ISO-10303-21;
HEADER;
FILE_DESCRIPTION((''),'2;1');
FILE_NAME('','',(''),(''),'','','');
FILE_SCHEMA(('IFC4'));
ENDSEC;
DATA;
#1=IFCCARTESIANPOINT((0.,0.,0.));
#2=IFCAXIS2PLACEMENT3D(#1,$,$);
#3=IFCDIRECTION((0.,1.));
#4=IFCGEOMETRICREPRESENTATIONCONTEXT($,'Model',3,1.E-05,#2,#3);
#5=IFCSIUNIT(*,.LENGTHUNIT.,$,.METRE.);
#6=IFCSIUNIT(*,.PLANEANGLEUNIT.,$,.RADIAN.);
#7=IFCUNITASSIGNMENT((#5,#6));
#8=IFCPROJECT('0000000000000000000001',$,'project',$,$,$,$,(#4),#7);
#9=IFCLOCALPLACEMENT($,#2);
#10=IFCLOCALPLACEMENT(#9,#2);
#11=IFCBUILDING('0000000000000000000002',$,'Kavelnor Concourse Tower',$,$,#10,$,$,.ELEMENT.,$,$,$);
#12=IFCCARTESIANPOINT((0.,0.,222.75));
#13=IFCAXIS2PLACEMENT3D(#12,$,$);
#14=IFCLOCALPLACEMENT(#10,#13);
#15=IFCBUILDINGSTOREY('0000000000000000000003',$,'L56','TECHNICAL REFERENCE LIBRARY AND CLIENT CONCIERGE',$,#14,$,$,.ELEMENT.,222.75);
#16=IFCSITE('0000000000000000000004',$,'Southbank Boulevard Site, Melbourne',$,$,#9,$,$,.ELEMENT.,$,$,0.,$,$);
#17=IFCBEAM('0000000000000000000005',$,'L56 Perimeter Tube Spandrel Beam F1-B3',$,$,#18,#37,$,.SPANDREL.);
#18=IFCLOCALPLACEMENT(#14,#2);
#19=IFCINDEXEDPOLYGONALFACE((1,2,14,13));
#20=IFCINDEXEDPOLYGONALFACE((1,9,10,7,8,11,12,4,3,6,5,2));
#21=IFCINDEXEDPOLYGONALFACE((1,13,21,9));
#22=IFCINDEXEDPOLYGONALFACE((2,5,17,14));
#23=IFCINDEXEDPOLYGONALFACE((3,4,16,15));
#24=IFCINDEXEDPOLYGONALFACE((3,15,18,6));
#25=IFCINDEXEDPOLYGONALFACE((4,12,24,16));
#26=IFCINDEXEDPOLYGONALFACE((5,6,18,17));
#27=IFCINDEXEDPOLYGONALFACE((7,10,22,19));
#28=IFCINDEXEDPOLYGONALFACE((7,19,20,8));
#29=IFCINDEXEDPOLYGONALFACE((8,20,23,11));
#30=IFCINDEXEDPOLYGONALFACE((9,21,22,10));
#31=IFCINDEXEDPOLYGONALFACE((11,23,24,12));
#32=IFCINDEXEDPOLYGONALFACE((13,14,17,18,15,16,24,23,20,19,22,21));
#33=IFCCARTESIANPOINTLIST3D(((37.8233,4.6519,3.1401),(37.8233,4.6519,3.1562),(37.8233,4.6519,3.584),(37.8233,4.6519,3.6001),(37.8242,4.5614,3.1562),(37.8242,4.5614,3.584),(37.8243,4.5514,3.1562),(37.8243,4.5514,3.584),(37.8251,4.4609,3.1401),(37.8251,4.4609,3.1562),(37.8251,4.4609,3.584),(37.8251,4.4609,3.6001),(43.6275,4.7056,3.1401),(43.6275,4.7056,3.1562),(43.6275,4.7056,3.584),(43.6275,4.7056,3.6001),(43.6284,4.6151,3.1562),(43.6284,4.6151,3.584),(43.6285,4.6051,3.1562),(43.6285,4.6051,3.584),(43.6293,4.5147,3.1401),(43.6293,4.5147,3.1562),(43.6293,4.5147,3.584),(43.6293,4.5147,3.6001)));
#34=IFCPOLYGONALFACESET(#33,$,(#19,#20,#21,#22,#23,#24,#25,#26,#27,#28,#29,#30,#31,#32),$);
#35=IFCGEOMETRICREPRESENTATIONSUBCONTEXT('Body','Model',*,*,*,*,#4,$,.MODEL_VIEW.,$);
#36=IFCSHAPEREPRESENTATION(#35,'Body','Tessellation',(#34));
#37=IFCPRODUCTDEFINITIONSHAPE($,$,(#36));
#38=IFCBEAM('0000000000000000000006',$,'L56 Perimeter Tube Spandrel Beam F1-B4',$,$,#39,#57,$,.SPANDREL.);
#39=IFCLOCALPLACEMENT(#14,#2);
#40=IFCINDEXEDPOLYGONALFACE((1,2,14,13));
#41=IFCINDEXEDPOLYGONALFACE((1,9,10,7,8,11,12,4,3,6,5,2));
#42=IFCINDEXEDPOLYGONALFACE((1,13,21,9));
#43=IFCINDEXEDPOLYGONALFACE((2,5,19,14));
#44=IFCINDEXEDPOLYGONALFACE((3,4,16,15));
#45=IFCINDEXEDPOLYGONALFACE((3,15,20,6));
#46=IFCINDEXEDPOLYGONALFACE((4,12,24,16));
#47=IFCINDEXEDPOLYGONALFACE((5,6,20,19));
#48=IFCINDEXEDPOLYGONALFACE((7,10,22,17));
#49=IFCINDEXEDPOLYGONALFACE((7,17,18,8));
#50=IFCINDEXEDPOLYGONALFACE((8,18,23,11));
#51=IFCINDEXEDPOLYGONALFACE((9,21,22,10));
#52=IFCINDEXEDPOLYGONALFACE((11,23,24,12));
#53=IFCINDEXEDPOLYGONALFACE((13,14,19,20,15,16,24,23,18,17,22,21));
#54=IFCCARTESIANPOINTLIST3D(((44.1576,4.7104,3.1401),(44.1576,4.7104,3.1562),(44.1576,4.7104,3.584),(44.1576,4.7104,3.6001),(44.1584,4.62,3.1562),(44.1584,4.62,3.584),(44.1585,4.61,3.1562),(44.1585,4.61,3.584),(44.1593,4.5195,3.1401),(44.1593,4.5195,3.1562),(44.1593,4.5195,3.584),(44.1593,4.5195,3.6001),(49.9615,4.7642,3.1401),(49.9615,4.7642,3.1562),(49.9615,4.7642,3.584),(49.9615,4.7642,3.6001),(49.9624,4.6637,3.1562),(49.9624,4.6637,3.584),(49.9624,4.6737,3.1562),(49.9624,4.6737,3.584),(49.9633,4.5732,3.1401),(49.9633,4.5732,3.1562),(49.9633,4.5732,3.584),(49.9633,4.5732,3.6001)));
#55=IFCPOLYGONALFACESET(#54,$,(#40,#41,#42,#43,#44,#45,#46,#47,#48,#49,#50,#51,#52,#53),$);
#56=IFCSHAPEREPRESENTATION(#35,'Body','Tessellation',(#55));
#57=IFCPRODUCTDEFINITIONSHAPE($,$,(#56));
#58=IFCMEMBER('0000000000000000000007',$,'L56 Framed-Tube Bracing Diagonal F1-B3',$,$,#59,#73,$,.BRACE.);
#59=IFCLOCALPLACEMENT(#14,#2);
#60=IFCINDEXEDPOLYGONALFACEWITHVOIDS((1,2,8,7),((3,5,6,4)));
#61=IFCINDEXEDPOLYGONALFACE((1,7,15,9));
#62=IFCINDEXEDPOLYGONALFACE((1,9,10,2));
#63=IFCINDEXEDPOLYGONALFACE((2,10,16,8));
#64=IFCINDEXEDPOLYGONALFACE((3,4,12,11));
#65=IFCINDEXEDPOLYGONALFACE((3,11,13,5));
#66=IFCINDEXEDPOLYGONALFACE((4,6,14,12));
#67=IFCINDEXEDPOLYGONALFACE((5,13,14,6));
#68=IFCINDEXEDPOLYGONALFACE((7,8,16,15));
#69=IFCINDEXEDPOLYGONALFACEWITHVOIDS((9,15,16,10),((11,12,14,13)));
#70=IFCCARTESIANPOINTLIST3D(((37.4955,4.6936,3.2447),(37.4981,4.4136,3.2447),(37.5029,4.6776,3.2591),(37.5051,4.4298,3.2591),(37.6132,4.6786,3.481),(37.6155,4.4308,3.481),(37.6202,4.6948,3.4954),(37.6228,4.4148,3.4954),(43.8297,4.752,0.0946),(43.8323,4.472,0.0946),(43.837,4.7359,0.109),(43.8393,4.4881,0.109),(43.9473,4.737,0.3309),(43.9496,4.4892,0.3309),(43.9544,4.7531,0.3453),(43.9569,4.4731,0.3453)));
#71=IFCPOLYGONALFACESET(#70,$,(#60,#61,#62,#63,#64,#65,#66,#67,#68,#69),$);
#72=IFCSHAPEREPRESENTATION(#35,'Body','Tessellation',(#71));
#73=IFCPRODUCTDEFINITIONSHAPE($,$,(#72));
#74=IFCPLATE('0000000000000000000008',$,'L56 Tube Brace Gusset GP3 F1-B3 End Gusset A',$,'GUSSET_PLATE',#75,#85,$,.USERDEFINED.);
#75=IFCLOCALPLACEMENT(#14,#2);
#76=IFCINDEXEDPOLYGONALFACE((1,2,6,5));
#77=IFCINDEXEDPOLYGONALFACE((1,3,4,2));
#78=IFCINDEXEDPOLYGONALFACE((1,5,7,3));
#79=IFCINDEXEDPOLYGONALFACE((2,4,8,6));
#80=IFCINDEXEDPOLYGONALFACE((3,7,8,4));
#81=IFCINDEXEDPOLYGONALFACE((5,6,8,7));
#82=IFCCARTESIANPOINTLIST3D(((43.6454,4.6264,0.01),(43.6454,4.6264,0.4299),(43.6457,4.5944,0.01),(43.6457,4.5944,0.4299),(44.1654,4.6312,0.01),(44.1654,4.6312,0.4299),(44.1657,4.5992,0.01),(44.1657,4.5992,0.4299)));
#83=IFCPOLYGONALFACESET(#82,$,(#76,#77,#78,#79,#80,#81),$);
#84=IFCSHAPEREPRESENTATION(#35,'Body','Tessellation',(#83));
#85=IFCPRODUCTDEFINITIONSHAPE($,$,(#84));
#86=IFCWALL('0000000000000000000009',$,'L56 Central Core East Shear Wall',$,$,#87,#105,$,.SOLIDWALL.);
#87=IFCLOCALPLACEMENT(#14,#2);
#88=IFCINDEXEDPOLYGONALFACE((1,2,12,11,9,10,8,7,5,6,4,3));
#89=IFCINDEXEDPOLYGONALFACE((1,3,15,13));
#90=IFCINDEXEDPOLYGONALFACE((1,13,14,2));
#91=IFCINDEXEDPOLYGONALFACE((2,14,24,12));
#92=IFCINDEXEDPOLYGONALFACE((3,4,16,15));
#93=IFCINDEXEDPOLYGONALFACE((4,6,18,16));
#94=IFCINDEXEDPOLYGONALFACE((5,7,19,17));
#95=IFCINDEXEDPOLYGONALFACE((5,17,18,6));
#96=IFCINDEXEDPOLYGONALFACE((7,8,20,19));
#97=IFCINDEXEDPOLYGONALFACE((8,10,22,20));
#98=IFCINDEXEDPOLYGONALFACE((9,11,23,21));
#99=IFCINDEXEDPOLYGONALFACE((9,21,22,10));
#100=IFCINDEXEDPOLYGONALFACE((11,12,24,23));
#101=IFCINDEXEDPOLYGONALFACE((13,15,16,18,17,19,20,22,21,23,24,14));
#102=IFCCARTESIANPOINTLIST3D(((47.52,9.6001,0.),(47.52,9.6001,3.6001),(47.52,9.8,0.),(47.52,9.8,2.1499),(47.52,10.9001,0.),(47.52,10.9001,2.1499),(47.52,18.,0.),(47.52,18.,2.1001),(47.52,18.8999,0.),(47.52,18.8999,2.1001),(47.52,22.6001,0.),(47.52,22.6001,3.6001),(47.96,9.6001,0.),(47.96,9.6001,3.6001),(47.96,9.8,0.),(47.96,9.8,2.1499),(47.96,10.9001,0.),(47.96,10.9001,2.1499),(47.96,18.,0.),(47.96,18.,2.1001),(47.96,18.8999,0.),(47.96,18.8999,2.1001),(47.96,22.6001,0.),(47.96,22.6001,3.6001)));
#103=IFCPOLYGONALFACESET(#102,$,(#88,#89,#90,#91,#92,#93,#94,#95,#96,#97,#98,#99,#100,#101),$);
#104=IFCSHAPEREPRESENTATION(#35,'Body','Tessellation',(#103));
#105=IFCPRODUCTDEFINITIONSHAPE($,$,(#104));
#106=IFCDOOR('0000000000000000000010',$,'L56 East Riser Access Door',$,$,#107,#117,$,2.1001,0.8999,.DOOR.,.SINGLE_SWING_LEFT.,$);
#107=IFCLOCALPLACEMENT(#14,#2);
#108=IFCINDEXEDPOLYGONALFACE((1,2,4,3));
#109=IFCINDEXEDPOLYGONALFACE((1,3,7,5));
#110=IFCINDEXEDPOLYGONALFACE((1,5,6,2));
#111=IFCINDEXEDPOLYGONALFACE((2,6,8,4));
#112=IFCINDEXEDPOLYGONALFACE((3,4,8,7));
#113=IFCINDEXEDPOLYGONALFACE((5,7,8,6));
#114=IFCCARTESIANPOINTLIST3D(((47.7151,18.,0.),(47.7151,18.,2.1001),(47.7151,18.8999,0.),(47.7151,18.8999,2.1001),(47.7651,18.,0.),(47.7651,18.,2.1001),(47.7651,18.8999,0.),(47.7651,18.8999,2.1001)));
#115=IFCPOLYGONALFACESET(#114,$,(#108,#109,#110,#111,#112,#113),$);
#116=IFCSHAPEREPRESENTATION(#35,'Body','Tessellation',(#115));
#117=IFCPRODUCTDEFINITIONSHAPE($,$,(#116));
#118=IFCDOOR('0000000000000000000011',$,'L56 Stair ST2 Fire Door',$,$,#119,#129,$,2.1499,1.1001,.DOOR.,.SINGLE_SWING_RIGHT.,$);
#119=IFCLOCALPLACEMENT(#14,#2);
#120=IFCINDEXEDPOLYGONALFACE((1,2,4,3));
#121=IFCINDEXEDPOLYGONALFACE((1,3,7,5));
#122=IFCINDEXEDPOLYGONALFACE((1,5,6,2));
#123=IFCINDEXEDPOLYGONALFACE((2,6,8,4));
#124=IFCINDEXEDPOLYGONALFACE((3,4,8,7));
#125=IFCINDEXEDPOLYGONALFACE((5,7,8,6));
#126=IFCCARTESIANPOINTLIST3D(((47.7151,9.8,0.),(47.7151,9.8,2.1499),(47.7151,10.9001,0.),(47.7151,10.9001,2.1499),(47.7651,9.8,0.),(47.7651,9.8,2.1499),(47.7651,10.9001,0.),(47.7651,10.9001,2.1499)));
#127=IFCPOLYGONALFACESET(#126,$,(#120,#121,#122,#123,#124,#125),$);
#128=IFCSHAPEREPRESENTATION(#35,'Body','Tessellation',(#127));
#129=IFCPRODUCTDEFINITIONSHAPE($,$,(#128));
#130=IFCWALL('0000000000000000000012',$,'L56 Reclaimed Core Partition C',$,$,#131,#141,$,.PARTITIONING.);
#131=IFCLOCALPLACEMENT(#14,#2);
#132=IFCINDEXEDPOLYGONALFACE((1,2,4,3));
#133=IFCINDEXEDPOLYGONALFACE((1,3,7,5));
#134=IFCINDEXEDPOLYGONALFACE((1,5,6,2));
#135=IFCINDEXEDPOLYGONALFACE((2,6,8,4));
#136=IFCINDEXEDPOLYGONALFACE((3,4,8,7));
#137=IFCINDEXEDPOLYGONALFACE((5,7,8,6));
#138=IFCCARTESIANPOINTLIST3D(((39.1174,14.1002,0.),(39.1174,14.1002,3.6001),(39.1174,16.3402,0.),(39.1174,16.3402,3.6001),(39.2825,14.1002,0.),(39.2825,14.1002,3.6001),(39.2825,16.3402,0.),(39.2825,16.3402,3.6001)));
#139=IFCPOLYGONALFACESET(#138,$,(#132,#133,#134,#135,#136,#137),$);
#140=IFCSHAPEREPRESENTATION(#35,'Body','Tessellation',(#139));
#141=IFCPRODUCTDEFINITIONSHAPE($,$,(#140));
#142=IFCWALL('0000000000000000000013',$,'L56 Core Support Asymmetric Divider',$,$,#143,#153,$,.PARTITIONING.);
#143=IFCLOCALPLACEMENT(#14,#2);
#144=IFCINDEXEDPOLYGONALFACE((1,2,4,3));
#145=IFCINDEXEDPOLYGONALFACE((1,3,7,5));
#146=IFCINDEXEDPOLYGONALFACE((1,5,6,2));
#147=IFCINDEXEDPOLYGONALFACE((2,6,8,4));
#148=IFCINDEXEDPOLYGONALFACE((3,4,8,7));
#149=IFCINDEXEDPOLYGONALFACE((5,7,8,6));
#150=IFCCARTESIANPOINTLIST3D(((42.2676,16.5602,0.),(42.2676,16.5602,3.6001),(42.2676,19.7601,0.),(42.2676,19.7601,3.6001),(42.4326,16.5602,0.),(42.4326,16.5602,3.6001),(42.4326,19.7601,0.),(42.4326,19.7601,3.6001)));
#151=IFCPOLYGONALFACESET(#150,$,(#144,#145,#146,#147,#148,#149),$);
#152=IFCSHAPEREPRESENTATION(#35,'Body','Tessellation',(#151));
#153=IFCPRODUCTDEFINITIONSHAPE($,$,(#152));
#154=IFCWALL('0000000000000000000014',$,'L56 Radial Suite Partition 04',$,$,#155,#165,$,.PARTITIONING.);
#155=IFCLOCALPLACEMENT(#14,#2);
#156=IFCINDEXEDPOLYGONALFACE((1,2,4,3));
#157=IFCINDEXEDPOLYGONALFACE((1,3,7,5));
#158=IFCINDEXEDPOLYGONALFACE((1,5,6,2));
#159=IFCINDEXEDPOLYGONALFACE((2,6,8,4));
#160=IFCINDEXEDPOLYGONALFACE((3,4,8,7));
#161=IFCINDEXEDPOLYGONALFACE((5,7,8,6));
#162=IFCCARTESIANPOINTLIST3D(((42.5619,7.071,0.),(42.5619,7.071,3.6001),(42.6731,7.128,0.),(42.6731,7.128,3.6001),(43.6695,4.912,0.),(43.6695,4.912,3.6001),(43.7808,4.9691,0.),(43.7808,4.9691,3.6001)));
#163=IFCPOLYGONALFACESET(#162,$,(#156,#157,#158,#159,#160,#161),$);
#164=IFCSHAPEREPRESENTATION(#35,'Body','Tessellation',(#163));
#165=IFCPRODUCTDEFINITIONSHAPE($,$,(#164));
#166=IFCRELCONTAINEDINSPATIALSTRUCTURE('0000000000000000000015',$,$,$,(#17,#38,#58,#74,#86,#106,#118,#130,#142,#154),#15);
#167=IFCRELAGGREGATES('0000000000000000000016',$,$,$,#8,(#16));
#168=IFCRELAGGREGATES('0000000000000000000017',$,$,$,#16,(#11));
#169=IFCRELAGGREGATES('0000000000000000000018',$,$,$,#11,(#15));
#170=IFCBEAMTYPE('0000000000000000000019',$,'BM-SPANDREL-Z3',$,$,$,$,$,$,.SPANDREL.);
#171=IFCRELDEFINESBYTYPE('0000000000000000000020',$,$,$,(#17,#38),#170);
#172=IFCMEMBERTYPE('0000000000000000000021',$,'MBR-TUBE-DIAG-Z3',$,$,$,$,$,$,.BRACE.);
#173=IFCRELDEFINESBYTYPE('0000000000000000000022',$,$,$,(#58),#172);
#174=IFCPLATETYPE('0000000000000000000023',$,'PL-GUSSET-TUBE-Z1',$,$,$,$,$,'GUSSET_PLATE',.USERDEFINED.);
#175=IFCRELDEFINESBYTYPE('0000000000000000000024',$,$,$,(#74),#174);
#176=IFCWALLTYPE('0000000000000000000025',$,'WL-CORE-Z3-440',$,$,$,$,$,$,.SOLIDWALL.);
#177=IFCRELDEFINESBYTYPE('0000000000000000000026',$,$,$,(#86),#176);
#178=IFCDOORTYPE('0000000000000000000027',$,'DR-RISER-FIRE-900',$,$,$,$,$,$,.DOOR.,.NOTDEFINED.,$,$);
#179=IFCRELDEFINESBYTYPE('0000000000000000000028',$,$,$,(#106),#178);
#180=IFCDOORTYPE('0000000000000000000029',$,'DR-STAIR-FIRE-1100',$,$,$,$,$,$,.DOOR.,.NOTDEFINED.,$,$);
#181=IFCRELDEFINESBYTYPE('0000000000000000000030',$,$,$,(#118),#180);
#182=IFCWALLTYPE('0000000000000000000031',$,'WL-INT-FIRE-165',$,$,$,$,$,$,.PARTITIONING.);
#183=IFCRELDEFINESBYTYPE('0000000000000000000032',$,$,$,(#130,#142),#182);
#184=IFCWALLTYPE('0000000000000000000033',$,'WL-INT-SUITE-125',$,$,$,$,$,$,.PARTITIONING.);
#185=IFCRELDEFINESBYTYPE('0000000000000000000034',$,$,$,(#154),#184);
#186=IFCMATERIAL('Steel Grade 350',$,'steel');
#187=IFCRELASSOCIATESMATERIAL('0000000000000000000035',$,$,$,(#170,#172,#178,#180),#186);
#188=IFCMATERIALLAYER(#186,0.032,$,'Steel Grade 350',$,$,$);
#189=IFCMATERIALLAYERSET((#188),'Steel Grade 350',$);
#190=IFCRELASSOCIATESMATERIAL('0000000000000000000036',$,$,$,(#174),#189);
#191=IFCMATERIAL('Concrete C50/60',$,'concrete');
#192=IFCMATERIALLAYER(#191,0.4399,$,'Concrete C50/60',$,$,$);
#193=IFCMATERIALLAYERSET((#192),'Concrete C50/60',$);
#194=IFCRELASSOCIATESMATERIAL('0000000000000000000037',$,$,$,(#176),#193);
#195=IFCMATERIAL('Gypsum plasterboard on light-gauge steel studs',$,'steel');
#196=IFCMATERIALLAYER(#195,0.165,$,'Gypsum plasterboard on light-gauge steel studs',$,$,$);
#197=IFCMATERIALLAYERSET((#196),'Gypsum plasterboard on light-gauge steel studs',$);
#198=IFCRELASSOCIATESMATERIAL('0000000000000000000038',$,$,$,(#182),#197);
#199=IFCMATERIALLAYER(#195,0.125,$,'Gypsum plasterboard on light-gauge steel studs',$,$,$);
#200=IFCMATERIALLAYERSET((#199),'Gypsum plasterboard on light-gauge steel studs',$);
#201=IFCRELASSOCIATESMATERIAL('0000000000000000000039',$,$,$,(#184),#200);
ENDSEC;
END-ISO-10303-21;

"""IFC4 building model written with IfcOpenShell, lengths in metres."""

from ifc_helpers import new_model, si_unit, direction, frame, frame_2d, origin, origin_2d, place, context, subcontext, project, spatial, rectangle, hollow_rectangle, i_section, extrude, material, layer, layer_set, material_profile, profile_set, type_object, element, fill, save


model = new_model("IFC4")

# Units and contexts
model_context = context("Model", 3, precision=1e-05, world=origin(), true_north=direction((0.0, 1.0)))
body_context = subcontext(model_context, "Body", "Model", "MODEL_VIEW")
ifc_project = project(units=[si_unit("LENGTHUNIT", "METRE"), si_unit("PLANEANGLEUNIT", "RADIAN")], contexts=[model_context])

# Site, building, storey
site_placement = place(None, origin())
site = spatial("IfcSite", under=ifc_project, at=site_placement, Name="Southbank Boulevard Site, Melbourne", CompositionType="ELEMENT", RefElevation=0.0)
building_placement = place(site_placement, origin())
building = spatial("IfcBuilding", under=site, at=building_placement, Name="Kavelnor Concourse Tower", CompositionType="ELEMENT")
storey_placement = place(building_placement, frame((0.0, 0.0, 222.75)))
storey = spatial("IfcBuildingStorey", under=building, at=storey_placement, Name="L56", Description="TECHNICAL REFERENCE LIBRARY AND CLIENT CONCIERGE", CompositionType="ELEMENT", Elevation=222.75)

# Shared definitions
ifc_material_1 = material(Name="Steel Grade 350", Category="steel")

# Beams
ifc_material_profile_1 = material_profile(ifc_material_1, i_section(OverallWidth=0.1909, OverallDepth=0.46, WebThickness=0.01, FlangeThickness=0.0161, at=origin_2d()), Name="460UB82")
ifc_profile_set_1 = profile_set([ifc_material_profile_1], Name="Steel Grade 350")
beam_type_1 = type_object("IfcBeamType", Name="BM-SPANDREL-Z3", PredefinedType="SPANDREL", material=ifc_profile_set_1)
beam_1_placement = place(storey_placement, frame((37.8242, 4.5564, 3.3701), z_axis=(0.999957, 0.009253, 0.0), x_axis=(-0.009253, 0.999957, 0.0)))
element("IfcBeam", 1, at=beam_1_placement, inside=storey, type_object=beam_type_1, Name="L56 Perimeter Tube Spandrel Beam F1-B3", PredefinedType="SPANDREL", context=body_context, shape_type="SweptSolid", body=[
    extrude(i_section(OverallWidth=0.1909, OverallDepth=0.46, WebThickness=0.01, FlangeThickness=0.0161, at=origin_2d()), origin(), (0.0, 0.0, 1.0), 5.8044),
])
beam_2_placement = place(storey_placement, frame((44.1584, 4.615, 3.3701), z_axis=(0.999957, 0.009254, 0.0), x_axis=(-0.009254, 0.999957, 0.0)))
element("IfcBeam", 2, at=beam_2_placement, inside=storey, type_object=beam_type_1, Name="L56 Perimeter Tube Spandrel Beam F1-B4", PredefinedType="SPANDREL", context=body_context, shape_type="SweptSolid", body=[
    extrude(i_section(OverallWidth=0.1909, OverallDepth=0.46, WebThickness=0.01, FlangeThickness=0.0161, at=origin_2d()), origin(), (0.0, 0.0, 1.0), 5.8042),
])

# Member
ifc_material_profile_2 = material_profile(ifc_material_1, hollow_rectangle(XDim=0.28, YDim=0.28, WallThickness=0.0161, at=origin_2d()), Name="SHS 280x280x16")
ifc_profile_set_2 = profile_set([ifc_material_profile_2], Name="Steel Grade 350")
member_type = type_object("IfcMemberType", Name="MBR-TUBE-DIAG-Z3", PredefinedType="BRACE", material=ifc_profile_set_2)
member_placement = place(storey_placement, frame((43.8933, 4.6125, 0.22), z_axis=(-0.895354, -0.008248, 0.445279), x_axis=(0.009211, -0.999958, 0.0)))
element("IfcMember", 3, at=member_placement, inside=storey, type_object=member_type, Name="L56 Framed-Tube Bracing Diagonal F1-B3", PredefinedType="BRACE", context=body_context, shape_type="SweptSolid", body=[
    extrude(hollow_rectangle(XDim=0.28, YDim=0.28, WallThickness=0.0161, at=origin_2d()), origin(), (0.0, 0.0, 1.0), 7.0745),
])

# Plate
ifc_layer_1 = layer(ifc_material_1, 0.032, Name="Steel Grade 350")
ifc_layer_set_1 = layer_set([ifc_layer_1], Name="Steel Grade 350")
plate_type = type_object("IfcPlateType", Name="PL-GUSSET-TUBE-Z1", ElementType="GUSSET_PLATE", PredefinedType="USERDEFINED", material=ifc_layer_set_1)
plate_placement = place(storey_placement, frame((43.9055, 4.6128, 0.01), z_axis=(0.0, 0.0, 1.0), x_axis=(-0.999957, -0.00925, 0.0)))
element("IfcPlate", 4, at=plate_placement, inside=storey, type_object=plate_type, Name="L56 Tube Brace Gusset GP3 F1-B3 End Gusset A", ObjectType="GUSSET_PLATE", PredefinedType="USERDEFINED", context=body_context, shape_type="SweptSolid", body=[
    extrude(rectangle(XDim=0.52, YDim=0.032, at=origin_2d()), origin(), (0.0, 0.0, 1.0), 0.4199),
])

# Wall, openings, doors
ifc_material_2 = material(Name="Concrete C50/60", Category="concrete")
ifc_layer_2 = layer(ifc_material_2, 0.4399, Name="Concrete C50/60")
ifc_layer_set_2 = layer_set([ifc_layer_2], Name="Concrete C50/60")
wall_type_1 = type_object("IfcWallType", Name="WL-CORE-Z3-440", PredefinedType="SOLIDWALL", material=ifc_layer_set_2)
wall_1_placement = place(storey_placement, frame((47.74, 9.6001, 0.0), z_axis=(0.0, 0.0, 1.0), x_axis=(0.0, 1.0, 0.0)))
wall_1 = element("IfcWall", 5, at=wall_1_placement, inside=storey, type_object=wall_type_1, Name="L56 Central Core East Shear Wall", PredefinedType="SOLIDWALL", context=body_context, shape_type="SweptSolid", body=[
    extrude(rectangle(XDim=13.0, YDim=0.4399, at=frame_2d((6.5, 0.0))), origin(), (0.0, 0.0, 1.0), 3.6001),
])
opening_1_placement = place(wall_1_placement, frame((0.2, 0.0, 0.0)))
opening_1 = element("IfcOpeningElement", 6, at=opening_1_placement, cuts=wall_1, PredefinedType="OPENING", context=body_context, shape_type="SweptSolid", body=[
    extrude(rectangle(XDim=1.1001, YDim=2.1499, at=frame_2d((0.55, 1.075))), frame((0.0, 0.23, 0.0), z_axis=(0.0, -1.0, 0.0), x_axis=(1.0, 0.0, 0.0)), (0.0, 0.0, 1.0), 0.46),
])
opening_2_placement = place(wall_1_placement, frame((8.3999, 0.0, 0.0)))
opening_2 = element("IfcOpeningElement", 7, at=opening_2_placement, cuts=wall_1, PredefinedType="OPENING", context=body_context, shape_type="SweptSolid", body=[
    extrude(rectangle(XDim=0.8999, YDim=2.1001, at=frame_2d((0.45, 1.05))), frame((0.0, 0.23, 0.0), z_axis=(0.0, -1.0, 0.0), x_axis=(1.0, 0.0, 0.0)), (0.0, 0.0, 1.0), 0.46),
])
door_type_1 = type_object("IfcDoorType", Name="DR-RISER-FIRE-900", OperationType="NOTDEFINED", PredefinedType="DOOR", material=ifc_material_1)
door_1_placement = place(opening_2_placement, origin())
door_1 = element("IfcDoor", 8, at=door_1_placement, inside=storey, type_object=door_type_1, Name="L56 East Riser Access Door", OperationType="SINGLE_SWING_LEFT", OverallHeight=2.1001, OverallWidth=0.8999, PredefinedType="DOOR", context=body_context, shape_type="SweptSolid", body=[
    extrude(rectangle(XDim=0.8999, YDim=2.1001, at=frame_2d((0.45, 1.05))), frame((0.0, 0.0249, 0.0), z_axis=(0.0, -1.0, 0.0), x_axis=(1.0, 0.0, 0.0)), (0.0, 0.0, 1.0), 0.05),
])
fill(opening_2, door_1)
door_type_2 = type_object("IfcDoorType", Name="DR-STAIR-FIRE-1100", OperationType="NOTDEFINED", PredefinedType="DOOR", material=ifc_material_1)
door_2_placement = place(opening_1_placement, origin())
door_2 = element("IfcDoor", 9, at=door_2_placement, inside=storey, type_object=door_type_2, Name="L56 Stair ST2 Fire Door", OperationType="SINGLE_SWING_RIGHT", OverallHeight=2.1499, OverallWidth=1.1001, PredefinedType="DOOR", context=body_context, shape_type="SweptSolid", body=[
    extrude(rectangle(XDim=1.1001, YDim=2.1499, at=frame_2d((0.55, 1.075))), frame((0.0, 0.0249, 0.0), z_axis=(0.0, -1.0, 0.0), x_axis=(1.0, 0.0, 0.0)), (0.0, 0.0, 1.0), 0.05),
])
fill(opening_1, door_2)

# Walls
ifc_material_3 = material(Name="Gypsum plasterboard on light-gauge steel studs", Category="steel")
ifc_layer_3 = layer(ifc_material_3, 0.165, Name="Gypsum plasterboard on light-gauge steel studs")
ifc_layer_set_3 = layer_set([ifc_layer_3], Name="Gypsum plasterboard on light-gauge steel studs")
wall_type_2 = type_object("IfcWallType", Name="WL-INT-FIRE-165", PredefinedType="PARTITIONING", material=ifc_layer_set_3)
wall_2_placement = place(storey_placement, frame((39.2, 14.1001, 0.0), z_axis=(0.0, 0.0, 1.0), x_axis=(0.0, 1.0, 0.0)))
element("IfcWall", 10, at=wall_2_placement, inside=storey, type_object=wall_type_2, Name="L56 Reclaimed Core Partition C", PredefinedType="PARTITIONING", context=body_context, shape_type="SweptSolid", body=[
    extrude(rectangle(XDim=2.24, YDim=0.165, at=frame_2d((1.1201, 0.0))), origin(), (0.0, 0.0, 1.0), 3.6001),
])
wall_3_placement = place(storey_placement, frame((42.3501, 16.5601, 0.0), z_axis=(0.0, 0.0, 1.0), x_axis=(0.0, 1.0, 0.0)))
element("IfcWall", 11, at=wall_3_placement, inside=storey, type_object=wall_type_2, Name="L56 Core Support Asymmetric Divider", PredefinedType="PARTITIONING", context=body_context, shape_type="SweptSolid", body=[
    extrude(rectangle(XDim=3.2, YDim=0.165, at=frame_2d((1.6001, 0.0))), origin(), (0.0, 0.0, 1.0), 3.6001),
])
ifc_layer_4 = layer(ifc_material_3, 0.125, Name="Gypsum plasterboard on light-gauge steel studs")
ifc_layer_set_4 = layer_set([ifc_layer_4], Name="Gypsum plasterboard on light-gauge steel studs")
wall_type_3 = type_object("IfcWallType", Name="WL-INT-SUITE-125", PredefinedType="PARTITIONING", material=ifc_layer_set_4)
wall_4_placement = place(storey_placement, frame((42.6174, 7.0996, 0.0), z_axis=(0.0, 0.0, 1.0), x_axis=(0.456486, -0.889731, 0.0)))
element("IfcWall", 12, at=wall_4_placement, inside=storey, type_object=wall_type_3, Name="L56 Radial Suite Partition 04", PredefinedType="PARTITIONING", context=body_context, shape_type="SweptSolid", body=[
    extrude(rectangle(XDim=2.4265, YDim=0.125, at=frame_2d((1.2134, 0.0))), origin(), (0.0, 0.0, 1.0), 3.6001),
])

save(model, "model.ifc")
